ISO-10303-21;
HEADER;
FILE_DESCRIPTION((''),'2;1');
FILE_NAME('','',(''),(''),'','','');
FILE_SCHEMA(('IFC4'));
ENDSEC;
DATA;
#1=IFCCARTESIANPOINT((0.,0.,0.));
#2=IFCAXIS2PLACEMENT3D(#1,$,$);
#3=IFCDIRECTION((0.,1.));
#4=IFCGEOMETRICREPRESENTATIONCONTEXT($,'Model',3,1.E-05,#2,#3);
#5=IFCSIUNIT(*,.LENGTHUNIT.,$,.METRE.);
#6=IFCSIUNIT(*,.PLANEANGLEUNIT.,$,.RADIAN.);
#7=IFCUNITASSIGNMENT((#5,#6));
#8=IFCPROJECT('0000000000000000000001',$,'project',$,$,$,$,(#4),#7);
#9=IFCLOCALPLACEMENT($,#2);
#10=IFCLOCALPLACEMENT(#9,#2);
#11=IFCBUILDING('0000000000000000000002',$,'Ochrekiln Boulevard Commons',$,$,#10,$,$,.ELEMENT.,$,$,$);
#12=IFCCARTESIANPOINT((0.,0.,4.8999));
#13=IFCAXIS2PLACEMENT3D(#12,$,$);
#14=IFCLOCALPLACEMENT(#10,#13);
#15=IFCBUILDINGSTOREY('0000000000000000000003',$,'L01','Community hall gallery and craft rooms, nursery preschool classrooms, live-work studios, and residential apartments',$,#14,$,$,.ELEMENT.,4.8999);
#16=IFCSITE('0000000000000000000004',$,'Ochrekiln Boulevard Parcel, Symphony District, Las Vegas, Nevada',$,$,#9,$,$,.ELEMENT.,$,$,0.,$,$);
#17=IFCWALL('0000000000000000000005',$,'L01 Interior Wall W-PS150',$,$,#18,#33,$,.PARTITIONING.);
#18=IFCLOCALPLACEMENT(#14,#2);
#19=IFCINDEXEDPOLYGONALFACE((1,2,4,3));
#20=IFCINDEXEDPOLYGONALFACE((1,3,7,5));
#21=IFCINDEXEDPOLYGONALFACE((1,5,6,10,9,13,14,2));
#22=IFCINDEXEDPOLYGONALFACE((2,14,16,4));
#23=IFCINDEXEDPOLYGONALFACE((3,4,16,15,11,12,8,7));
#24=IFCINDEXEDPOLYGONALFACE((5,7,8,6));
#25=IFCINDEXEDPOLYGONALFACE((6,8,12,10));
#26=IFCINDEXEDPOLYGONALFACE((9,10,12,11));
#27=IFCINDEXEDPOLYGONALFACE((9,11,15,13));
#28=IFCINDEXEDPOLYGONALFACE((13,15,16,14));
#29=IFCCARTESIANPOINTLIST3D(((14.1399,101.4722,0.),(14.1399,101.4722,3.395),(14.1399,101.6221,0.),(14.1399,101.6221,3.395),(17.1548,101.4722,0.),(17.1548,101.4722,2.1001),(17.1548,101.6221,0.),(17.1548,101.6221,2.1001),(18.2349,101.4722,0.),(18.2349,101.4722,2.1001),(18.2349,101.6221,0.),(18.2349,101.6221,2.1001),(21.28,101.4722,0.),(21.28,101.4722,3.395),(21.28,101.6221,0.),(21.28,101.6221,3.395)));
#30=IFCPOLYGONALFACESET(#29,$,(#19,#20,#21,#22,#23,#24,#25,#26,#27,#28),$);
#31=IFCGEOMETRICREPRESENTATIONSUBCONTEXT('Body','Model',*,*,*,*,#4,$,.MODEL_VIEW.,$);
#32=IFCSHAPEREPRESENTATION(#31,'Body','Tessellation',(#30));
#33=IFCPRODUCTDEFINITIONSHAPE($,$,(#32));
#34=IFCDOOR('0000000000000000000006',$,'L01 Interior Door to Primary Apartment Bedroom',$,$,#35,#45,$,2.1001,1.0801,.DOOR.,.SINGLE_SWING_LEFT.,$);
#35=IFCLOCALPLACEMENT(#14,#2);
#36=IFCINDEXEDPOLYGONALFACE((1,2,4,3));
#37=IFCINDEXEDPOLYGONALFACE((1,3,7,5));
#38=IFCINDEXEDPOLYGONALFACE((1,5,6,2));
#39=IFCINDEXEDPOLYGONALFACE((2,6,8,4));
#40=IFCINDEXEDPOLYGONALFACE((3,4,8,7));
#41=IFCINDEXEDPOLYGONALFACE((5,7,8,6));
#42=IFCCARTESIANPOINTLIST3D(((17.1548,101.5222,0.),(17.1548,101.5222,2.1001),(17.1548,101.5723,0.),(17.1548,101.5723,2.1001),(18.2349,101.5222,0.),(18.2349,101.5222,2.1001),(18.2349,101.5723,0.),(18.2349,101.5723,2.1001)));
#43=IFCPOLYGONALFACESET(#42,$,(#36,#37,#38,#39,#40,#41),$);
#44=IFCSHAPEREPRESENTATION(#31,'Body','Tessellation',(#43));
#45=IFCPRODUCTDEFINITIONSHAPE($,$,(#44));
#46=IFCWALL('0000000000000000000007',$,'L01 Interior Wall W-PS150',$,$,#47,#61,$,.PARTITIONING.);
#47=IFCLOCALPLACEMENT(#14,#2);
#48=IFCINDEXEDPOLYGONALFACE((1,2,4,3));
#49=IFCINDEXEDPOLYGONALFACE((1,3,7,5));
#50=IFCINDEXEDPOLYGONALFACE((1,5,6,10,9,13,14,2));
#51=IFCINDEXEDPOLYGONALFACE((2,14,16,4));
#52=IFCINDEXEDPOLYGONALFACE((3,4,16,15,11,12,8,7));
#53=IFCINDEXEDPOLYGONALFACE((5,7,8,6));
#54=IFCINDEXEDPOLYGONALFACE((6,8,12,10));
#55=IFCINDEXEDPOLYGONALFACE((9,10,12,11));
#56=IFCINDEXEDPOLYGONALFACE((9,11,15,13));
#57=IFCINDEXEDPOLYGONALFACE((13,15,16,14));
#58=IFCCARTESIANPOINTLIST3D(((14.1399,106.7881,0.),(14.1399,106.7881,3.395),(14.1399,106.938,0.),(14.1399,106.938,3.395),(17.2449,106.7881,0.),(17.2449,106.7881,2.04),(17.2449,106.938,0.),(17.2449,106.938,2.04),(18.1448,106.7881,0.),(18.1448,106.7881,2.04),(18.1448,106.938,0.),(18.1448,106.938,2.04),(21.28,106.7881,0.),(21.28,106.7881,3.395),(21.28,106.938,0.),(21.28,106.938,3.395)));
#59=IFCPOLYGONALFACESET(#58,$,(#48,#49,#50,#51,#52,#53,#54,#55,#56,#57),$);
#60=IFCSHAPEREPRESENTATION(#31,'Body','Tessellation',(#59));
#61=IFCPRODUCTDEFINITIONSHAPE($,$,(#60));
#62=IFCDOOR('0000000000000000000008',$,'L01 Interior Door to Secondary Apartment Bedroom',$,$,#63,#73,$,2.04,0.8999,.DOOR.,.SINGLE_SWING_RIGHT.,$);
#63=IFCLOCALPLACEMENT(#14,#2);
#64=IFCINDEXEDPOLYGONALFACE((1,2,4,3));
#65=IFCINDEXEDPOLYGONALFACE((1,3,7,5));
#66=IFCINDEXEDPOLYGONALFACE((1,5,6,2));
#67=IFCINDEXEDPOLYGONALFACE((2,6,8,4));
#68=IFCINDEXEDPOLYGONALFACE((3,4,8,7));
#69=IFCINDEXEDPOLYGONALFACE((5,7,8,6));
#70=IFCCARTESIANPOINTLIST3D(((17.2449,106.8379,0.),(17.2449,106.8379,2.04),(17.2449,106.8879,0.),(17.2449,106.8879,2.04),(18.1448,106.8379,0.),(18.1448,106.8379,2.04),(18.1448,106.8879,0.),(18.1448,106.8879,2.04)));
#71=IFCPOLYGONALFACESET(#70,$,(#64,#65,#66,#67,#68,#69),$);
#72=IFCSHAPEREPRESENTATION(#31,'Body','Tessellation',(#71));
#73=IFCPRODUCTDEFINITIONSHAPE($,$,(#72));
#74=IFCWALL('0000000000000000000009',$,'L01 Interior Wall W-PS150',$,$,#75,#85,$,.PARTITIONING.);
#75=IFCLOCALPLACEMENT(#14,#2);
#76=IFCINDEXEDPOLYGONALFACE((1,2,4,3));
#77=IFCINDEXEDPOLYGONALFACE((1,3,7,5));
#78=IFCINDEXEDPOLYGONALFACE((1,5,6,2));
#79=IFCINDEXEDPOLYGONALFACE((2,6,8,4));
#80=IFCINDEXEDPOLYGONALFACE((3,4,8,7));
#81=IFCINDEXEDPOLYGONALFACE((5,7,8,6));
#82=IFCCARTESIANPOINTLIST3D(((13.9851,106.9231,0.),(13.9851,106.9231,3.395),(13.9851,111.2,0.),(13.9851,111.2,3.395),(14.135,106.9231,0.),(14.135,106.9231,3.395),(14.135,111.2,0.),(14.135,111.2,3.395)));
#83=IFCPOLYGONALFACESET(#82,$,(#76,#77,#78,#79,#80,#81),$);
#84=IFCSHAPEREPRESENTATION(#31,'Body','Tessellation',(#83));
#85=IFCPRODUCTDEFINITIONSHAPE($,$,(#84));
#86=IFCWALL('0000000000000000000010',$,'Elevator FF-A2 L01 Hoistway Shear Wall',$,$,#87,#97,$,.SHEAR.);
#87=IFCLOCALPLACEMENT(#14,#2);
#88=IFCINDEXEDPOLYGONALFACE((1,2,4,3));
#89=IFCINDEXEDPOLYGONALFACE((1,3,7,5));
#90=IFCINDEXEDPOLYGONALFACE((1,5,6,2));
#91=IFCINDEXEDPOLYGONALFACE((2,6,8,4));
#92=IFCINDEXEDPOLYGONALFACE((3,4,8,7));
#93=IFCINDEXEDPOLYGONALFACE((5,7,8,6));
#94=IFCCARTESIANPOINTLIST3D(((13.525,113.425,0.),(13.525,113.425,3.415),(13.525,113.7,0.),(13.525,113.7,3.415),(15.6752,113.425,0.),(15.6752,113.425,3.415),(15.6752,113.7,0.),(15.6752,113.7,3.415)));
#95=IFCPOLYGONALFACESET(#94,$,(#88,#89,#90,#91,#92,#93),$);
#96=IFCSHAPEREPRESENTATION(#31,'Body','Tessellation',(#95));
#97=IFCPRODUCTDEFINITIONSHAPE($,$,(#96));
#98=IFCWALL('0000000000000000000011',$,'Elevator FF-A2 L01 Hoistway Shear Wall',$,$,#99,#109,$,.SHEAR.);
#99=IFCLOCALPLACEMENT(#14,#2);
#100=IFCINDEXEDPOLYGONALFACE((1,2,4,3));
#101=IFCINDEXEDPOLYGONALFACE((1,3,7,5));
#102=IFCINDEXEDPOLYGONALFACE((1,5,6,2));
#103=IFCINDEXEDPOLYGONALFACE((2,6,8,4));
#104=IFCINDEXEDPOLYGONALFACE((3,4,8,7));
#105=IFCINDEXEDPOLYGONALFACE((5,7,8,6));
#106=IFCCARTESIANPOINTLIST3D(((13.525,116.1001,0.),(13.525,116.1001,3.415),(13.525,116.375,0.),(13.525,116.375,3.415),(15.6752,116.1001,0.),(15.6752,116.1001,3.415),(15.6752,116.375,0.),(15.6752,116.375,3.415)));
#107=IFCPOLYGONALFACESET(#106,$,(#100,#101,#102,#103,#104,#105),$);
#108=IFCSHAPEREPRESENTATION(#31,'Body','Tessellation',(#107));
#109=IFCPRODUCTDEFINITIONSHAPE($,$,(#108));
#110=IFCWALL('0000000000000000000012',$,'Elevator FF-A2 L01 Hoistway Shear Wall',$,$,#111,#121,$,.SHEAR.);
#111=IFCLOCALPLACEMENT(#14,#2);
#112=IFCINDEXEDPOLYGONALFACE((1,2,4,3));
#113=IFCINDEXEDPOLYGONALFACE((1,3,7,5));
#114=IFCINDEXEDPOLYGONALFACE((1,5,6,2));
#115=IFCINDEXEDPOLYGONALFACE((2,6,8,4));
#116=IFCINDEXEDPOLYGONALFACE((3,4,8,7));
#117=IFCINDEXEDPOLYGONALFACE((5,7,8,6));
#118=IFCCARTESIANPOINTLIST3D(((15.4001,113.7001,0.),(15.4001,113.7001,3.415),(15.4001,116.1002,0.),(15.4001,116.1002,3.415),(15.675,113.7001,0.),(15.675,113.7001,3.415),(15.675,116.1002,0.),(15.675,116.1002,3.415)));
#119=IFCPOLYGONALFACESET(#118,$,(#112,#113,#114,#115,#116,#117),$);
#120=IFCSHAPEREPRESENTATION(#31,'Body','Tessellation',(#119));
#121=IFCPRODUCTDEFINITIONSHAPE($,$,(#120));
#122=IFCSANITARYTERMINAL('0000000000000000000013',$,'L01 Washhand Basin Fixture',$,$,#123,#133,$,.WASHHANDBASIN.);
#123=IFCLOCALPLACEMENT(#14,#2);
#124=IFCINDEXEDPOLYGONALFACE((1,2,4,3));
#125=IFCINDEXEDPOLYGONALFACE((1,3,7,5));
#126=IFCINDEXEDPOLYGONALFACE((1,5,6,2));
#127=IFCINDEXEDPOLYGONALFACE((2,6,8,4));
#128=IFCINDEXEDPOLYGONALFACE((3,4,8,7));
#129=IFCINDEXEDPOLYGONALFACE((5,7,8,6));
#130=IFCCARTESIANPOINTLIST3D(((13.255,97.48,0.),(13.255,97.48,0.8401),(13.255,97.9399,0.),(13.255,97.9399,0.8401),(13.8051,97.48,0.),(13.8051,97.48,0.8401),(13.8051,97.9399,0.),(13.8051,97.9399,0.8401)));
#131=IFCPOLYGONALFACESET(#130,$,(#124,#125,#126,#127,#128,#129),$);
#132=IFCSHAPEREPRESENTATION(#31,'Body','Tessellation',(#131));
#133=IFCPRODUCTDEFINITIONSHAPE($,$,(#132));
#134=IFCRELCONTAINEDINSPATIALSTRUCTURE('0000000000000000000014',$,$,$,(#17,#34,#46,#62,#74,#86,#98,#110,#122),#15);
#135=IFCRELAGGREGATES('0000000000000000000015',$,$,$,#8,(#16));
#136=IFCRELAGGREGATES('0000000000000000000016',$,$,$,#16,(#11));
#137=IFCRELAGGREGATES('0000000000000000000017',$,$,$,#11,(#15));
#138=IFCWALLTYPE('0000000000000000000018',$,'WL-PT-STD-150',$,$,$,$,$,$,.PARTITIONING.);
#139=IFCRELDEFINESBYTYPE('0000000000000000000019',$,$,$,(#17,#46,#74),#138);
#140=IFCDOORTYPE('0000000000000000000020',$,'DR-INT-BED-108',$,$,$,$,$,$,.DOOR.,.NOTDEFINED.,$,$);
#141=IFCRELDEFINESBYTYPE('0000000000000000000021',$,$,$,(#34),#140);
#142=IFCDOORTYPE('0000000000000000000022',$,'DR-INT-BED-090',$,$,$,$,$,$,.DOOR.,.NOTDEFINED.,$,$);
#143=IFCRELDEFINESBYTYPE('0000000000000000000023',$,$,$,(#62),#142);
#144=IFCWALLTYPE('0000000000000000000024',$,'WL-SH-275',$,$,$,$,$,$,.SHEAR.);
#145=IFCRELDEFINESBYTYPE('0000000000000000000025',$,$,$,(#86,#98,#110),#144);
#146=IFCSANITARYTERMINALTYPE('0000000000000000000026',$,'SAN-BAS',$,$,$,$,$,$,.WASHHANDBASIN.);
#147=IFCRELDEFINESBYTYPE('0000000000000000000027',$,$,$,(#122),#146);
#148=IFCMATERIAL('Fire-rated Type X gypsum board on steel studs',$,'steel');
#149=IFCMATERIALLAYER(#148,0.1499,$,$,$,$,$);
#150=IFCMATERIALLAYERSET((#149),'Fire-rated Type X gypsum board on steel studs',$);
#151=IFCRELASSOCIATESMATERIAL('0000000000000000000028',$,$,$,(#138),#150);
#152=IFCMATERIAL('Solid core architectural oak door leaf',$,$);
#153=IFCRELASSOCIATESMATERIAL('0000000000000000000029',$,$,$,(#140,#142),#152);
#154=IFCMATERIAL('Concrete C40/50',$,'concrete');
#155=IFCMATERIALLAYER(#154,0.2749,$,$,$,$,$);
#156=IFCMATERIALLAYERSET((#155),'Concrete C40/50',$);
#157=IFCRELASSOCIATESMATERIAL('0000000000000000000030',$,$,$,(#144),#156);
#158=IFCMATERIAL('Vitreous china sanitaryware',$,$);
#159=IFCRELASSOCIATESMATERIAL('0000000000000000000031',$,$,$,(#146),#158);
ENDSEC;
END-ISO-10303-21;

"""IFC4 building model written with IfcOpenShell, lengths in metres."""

from ifc_helpers import new_model, si_unit, direction, frame, frame_2d, origin, origin_2d, place, context, subcontext, project, spatial, rectangle, extrude, material, layer, layer_set, type_object, element, fill, save


model = new_model("IFC4")

# Units and contexts
model_context = context("Model", 3, precision=1e-05, world=origin(), true_north=direction((0.0, 1.0)))
body_context = subcontext(model_context, "Body", "Model", "MODEL_VIEW")
ifc_project = project(units=[si_unit("LENGTHUNIT", "METRE"), si_unit("PLANEANGLEUNIT", "RADIAN")], contexts=[model_context])

# Site, building, storey
site_placement = place(None, origin())
site = spatial("IfcSite", under=ifc_project, at=site_placement, Name="Ochrekiln Boulevard Parcel, Symphony District, Las Vegas, Nevada", CompositionType="ELEMENT", RefElevation=0.0)
building_placement = place(site_placement, origin())
building = spatial("IfcBuilding", under=site, at=building_placement, Name="Ochrekiln Boulevard Commons", CompositionType="ELEMENT")
storey_placement = place(building_placement, frame((0.0, 0.0, 4.8999)))
storey = spatial("IfcBuildingStorey", under=building, at=storey_placement, Name="L01", Description="Community hall gallery and craft rooms, nursery preschool classrooms, live-work studios, and residential apartments", CompositionType="ELEMENT", Elevation=4.8999)

# Shared definitions
ifc_material_1 = material(Name="Concrete C40/50", Category="concrete")

# Walls, openings, doors
ifc_material_2 = material(Name="Fire-rated Type X gypsum board on steel studs", Category="steel")
ifc_layer_1 = layer(ifc_material_2, 0.1499)
ifc_layer_set_1 = layer_set([ifc_layer_1], Name="Fire-rated Type X gypsum board on steel studs")
wall_type_1 = type_object("IfcWallType", Name="WL-PT-STD-150", PredefinedType="PARTITIONING", material=ifc_layer_set_1)
wall_1_placement = place(storey_placement, frame((14.1399, 101.5471, 0.0), z_axis=(0.0, 0.0, 1.0), x_axis=(1.0, 0.0, 0.0)))
wall_1 = element("IfcWall", 1, at=wall_1_placement, inside=storey, type_object=wall_type_1, Name="L01 Interior Wall W-PS150", PredefinedType="PARTITIONING", context=body_context, shape_type="SweptSolid", body=[
    extrude(rectangle(XDim=7.1401, YDim=0.1499, at=frame_2d((3.5701, 0.0))), origin(), (0.0, 0.0, 1.0), 3.395),
])
opening_1_placement = place(wall_1_placement, frame((3.0149, 0.0, 0.0)))
opening_1 = element("IfcOpeningElement", 2, at=opening_1_placement, cuts=wall_1, PredefinedType="OPENING", context=body_context, shape_type="SweptSolid", body=[
    extrude(rectangle(XDim=1.0801, YDim=2.1001, at=frame_2d((0.54, 1.05))), frame((0.0, 0.085, 0.0), z_axis=(0.0, -1.0, 0.0), x_axis=(1.0, 0.0, 0.0)), (0.0, 0.0, 1.0), 0.1699),
])
ifc_material_3 = material(Name="Solid core architectural oak door leaf")
door_type_1 = type_object("IfcDoorType", Name="DR-INT-BED-108", OperationType="NOTDEFINED", PredefinedType="DOOR", material=ifc_material_3)
door_1_placement = place(opening_1_placement, frame((1.0801, 0.0, 0.0), z_axis=(0.0, 0.0, 1.0), x_axis=(-1.0, 0.0, 0.0)))
door_1 = element("IfcDoor", 3, at=door_1_placement, inside=storey, type_object=door_type_1, Name="L01 Interior Door to Primary Apartment Bedroom", OperationType="SINGLE_SWING_LEFT", OverallHeight=2.1001, OverallWidth=1.0801, PredefinedType="DOOR", context=body_context, shape_type="SweptSolid", body=[
    extrude(rectangle(XDim=1.0801, YDim=2.1001, at=frame_2d((0.54, 1.05))), frame((0.0, 0.0249, 0.0), z_axis=(0.0, -1.0, 0.0), x_axis=(1.0, 0.0, 0.0)), (0.0, 0.0, 1.0), 0.05),
])
fill(opening_1, door_1)
wall_2_placement = place(storey_placement, frame((14.1399, 106.863, 0.0), z_axis=(0.0, 0.0, 1.0), x_axis=(1.0, 0.0, 0.0)))
wall_2 = element("IfcWall", 4, at=wall_2_placement, inside=storey, type_object=wall_type_1, Name="L01 Interior Wall W-PS150", PredefinedType="PARTITIONING", context=body_context, shape_type="SweptSolid", body=[
    extrude(rectangle(XDim=7.1401, YDim=0.1499, at=frame_2d((3.5701, 0.0))), origin(), (0.0, 0.0, 1.0), 3.395),
])
opening_2_placement = place(wall_2_placement, frame((3.105, 0.0, 0.0)))
opening_2 = element("IfcOpeningElement", 5, at=opening_2_placement, cuts=wall_2, PredefinedType="OPENING", context=body_context, shape_type="SweptSolid", body=[
    extrude(rectangle(XDim=0.8999, YDim=2.04, at=frame_2d((0.45, 1.02))), frame((0.0, 0.085, 0.0), z_axis=(0.0, -1.0, 0.0), x_axis=(1.0, 0.0, 0.0)), (0.0, 0.0, 1.0), 0.1699),
])
door_type_2 = type_object("IfcDoorType", Name="DR-INT-BED-090", OperationType="NOTDEFINED", PredefinedType="DOOR", material=ifc_material_3)
door_2_placement = place(opening_2_placement, origin())
door_2 = element("IfcDoor", 6, at=door_2_placement, inside=storey, type_object=door_type_2, Name="L01 Interior Door to Secondary Apartment Bedroom", OperationType="SINGLE_SWING_RIGHT", OverallHeight=2.04, OverallWidth=0.8999, PredefinedType="DOOR", context=body_context, shape_type="SweptSolid", body=[
    extrude(rectangle(XDim=0.8999, YDim=2.04, at=frame_2d((0.45, 1.02))), frame((0.0, 0.0249, 0.0), z_axis=(0.0, -1.0, 0.0), x_axis=(1.0, 0.0, 0.0)), (0.0, 0.0, 1.0), 0.05),
])
fill(opening_2, door_2)

# Walls
wall_3_placement = place(storey_placement, frame((14.0601, 106.9231, 0.0), z_axis=(0.0, 0.0, 1.0), x_axis=(0.0, 1.0, 0.0)))
element("IfcWall", 7, at=wall_3_placement, inside=storey, type_object=wall_type_1, Name="L01 Interior Wall W-PS150", PredefinedType="PARTITIONING", context=body_context, shape_type="SweptSolid", body=[
    extrude(rectangle(XDim=4.2769, YDim=0.1499, at=frame_2d((2.1384, 0.0))), origin(), (0.0, 0.0, 1.0), 3.395),
])
ifc_layer_2 = layer(ifc_material_1, 0.2749)
ifc_layer_set_2 = layer_set([ifc_layer_2], Name="Concrete C40/50")
wall_type_2 = type_object("IfcWallType", Name="WL-SH-275", PredefinedType="SHEAR", material=ifc_layer_set_2)
for number, where, z_axis, x_axis, name in (
    (8, (13.5249, 113.5625, 0.0), (0.0, 0.0, 1.0), (1.0, 0.0, 0.0), "Elevator FF-A2 L01 Hoistway Shear Wall"),
    (9, (13.5249, 116.2375, 0.0), (0.0, 0.0, 1.0), (1.0, 0.0, 0.0), "Elevator FF-A2 L01 Hoistway Shear Wall"),
):
    element("IfcWall", number, at=place(storey_placement, frame(where, z_axis=z_axis, x_axis=x_axis)), inside=storey, type_object=wall_type_2, Name=name, PredefinedType="SHEAR", context=body_context, shape_type="SweptSolid", body=[
        extrude(rectangle(XDim=2.1501, YDim=0.2749, at=frame_2d((1.0752, 0.0))), origin(), (0.0, 0.0, 1.0), 3.415),
    ])

# Wall
wall_4_placement = place(storey_placement, frame((15.5376, 113.7, 0.0), z_axis=(0.0, 0.0, 1.0), x_axis=(0.0, 1.0, 0.0)))
element("IfcWall", 10, at=wall_4_placement, inside=storey, type_object=wall_type_2, Name="Elevator FF-A2 L01 Hoistway Shear Wall", PredefinedType="SHEAR", context=body_context, shape_type="SweptSolid", body=[
    extrude(rectangle(XDim=2.4001, YDim=0.2749, at=frame_2d((1.2002, 0.0))), origin(), (0.0, 0.0, 1.0), 3.415),
])

# Sanitary terminal
ifc_material_4 = material(Name="Vitreous china sanitaryware")
sanitary_terminal_type = type_object("IfcSanitaryTerminalType", Name="SAN-BAS", PredefinedType="WASHHANDBASIN", material=ifc_material_4)
sanitary_terminal_placement = place(storey_placement, frame((13.53, 97.71, 0.0), z_axis=(0.0, 0.0, 1.0), x_axis=(1.0, 0.0, 0.0)))
element("IfcSanitaryTerminal", 11, at=sanitary_terminal_placement, inside=storey, type_object=sanitary_terminal_type, Name="L01 Washhand Basin Fixture", PredefinedType="WASHHANDBASIN", context=body_context, shape_type="SweptSolid", body=[
    extrude(rectangle(XDim=0.55, YDim=0.46, at=origin_2d()), origin(), (0.0, 0.0, 1.0), 0.8401),
])

save(model, "model.ifc")
